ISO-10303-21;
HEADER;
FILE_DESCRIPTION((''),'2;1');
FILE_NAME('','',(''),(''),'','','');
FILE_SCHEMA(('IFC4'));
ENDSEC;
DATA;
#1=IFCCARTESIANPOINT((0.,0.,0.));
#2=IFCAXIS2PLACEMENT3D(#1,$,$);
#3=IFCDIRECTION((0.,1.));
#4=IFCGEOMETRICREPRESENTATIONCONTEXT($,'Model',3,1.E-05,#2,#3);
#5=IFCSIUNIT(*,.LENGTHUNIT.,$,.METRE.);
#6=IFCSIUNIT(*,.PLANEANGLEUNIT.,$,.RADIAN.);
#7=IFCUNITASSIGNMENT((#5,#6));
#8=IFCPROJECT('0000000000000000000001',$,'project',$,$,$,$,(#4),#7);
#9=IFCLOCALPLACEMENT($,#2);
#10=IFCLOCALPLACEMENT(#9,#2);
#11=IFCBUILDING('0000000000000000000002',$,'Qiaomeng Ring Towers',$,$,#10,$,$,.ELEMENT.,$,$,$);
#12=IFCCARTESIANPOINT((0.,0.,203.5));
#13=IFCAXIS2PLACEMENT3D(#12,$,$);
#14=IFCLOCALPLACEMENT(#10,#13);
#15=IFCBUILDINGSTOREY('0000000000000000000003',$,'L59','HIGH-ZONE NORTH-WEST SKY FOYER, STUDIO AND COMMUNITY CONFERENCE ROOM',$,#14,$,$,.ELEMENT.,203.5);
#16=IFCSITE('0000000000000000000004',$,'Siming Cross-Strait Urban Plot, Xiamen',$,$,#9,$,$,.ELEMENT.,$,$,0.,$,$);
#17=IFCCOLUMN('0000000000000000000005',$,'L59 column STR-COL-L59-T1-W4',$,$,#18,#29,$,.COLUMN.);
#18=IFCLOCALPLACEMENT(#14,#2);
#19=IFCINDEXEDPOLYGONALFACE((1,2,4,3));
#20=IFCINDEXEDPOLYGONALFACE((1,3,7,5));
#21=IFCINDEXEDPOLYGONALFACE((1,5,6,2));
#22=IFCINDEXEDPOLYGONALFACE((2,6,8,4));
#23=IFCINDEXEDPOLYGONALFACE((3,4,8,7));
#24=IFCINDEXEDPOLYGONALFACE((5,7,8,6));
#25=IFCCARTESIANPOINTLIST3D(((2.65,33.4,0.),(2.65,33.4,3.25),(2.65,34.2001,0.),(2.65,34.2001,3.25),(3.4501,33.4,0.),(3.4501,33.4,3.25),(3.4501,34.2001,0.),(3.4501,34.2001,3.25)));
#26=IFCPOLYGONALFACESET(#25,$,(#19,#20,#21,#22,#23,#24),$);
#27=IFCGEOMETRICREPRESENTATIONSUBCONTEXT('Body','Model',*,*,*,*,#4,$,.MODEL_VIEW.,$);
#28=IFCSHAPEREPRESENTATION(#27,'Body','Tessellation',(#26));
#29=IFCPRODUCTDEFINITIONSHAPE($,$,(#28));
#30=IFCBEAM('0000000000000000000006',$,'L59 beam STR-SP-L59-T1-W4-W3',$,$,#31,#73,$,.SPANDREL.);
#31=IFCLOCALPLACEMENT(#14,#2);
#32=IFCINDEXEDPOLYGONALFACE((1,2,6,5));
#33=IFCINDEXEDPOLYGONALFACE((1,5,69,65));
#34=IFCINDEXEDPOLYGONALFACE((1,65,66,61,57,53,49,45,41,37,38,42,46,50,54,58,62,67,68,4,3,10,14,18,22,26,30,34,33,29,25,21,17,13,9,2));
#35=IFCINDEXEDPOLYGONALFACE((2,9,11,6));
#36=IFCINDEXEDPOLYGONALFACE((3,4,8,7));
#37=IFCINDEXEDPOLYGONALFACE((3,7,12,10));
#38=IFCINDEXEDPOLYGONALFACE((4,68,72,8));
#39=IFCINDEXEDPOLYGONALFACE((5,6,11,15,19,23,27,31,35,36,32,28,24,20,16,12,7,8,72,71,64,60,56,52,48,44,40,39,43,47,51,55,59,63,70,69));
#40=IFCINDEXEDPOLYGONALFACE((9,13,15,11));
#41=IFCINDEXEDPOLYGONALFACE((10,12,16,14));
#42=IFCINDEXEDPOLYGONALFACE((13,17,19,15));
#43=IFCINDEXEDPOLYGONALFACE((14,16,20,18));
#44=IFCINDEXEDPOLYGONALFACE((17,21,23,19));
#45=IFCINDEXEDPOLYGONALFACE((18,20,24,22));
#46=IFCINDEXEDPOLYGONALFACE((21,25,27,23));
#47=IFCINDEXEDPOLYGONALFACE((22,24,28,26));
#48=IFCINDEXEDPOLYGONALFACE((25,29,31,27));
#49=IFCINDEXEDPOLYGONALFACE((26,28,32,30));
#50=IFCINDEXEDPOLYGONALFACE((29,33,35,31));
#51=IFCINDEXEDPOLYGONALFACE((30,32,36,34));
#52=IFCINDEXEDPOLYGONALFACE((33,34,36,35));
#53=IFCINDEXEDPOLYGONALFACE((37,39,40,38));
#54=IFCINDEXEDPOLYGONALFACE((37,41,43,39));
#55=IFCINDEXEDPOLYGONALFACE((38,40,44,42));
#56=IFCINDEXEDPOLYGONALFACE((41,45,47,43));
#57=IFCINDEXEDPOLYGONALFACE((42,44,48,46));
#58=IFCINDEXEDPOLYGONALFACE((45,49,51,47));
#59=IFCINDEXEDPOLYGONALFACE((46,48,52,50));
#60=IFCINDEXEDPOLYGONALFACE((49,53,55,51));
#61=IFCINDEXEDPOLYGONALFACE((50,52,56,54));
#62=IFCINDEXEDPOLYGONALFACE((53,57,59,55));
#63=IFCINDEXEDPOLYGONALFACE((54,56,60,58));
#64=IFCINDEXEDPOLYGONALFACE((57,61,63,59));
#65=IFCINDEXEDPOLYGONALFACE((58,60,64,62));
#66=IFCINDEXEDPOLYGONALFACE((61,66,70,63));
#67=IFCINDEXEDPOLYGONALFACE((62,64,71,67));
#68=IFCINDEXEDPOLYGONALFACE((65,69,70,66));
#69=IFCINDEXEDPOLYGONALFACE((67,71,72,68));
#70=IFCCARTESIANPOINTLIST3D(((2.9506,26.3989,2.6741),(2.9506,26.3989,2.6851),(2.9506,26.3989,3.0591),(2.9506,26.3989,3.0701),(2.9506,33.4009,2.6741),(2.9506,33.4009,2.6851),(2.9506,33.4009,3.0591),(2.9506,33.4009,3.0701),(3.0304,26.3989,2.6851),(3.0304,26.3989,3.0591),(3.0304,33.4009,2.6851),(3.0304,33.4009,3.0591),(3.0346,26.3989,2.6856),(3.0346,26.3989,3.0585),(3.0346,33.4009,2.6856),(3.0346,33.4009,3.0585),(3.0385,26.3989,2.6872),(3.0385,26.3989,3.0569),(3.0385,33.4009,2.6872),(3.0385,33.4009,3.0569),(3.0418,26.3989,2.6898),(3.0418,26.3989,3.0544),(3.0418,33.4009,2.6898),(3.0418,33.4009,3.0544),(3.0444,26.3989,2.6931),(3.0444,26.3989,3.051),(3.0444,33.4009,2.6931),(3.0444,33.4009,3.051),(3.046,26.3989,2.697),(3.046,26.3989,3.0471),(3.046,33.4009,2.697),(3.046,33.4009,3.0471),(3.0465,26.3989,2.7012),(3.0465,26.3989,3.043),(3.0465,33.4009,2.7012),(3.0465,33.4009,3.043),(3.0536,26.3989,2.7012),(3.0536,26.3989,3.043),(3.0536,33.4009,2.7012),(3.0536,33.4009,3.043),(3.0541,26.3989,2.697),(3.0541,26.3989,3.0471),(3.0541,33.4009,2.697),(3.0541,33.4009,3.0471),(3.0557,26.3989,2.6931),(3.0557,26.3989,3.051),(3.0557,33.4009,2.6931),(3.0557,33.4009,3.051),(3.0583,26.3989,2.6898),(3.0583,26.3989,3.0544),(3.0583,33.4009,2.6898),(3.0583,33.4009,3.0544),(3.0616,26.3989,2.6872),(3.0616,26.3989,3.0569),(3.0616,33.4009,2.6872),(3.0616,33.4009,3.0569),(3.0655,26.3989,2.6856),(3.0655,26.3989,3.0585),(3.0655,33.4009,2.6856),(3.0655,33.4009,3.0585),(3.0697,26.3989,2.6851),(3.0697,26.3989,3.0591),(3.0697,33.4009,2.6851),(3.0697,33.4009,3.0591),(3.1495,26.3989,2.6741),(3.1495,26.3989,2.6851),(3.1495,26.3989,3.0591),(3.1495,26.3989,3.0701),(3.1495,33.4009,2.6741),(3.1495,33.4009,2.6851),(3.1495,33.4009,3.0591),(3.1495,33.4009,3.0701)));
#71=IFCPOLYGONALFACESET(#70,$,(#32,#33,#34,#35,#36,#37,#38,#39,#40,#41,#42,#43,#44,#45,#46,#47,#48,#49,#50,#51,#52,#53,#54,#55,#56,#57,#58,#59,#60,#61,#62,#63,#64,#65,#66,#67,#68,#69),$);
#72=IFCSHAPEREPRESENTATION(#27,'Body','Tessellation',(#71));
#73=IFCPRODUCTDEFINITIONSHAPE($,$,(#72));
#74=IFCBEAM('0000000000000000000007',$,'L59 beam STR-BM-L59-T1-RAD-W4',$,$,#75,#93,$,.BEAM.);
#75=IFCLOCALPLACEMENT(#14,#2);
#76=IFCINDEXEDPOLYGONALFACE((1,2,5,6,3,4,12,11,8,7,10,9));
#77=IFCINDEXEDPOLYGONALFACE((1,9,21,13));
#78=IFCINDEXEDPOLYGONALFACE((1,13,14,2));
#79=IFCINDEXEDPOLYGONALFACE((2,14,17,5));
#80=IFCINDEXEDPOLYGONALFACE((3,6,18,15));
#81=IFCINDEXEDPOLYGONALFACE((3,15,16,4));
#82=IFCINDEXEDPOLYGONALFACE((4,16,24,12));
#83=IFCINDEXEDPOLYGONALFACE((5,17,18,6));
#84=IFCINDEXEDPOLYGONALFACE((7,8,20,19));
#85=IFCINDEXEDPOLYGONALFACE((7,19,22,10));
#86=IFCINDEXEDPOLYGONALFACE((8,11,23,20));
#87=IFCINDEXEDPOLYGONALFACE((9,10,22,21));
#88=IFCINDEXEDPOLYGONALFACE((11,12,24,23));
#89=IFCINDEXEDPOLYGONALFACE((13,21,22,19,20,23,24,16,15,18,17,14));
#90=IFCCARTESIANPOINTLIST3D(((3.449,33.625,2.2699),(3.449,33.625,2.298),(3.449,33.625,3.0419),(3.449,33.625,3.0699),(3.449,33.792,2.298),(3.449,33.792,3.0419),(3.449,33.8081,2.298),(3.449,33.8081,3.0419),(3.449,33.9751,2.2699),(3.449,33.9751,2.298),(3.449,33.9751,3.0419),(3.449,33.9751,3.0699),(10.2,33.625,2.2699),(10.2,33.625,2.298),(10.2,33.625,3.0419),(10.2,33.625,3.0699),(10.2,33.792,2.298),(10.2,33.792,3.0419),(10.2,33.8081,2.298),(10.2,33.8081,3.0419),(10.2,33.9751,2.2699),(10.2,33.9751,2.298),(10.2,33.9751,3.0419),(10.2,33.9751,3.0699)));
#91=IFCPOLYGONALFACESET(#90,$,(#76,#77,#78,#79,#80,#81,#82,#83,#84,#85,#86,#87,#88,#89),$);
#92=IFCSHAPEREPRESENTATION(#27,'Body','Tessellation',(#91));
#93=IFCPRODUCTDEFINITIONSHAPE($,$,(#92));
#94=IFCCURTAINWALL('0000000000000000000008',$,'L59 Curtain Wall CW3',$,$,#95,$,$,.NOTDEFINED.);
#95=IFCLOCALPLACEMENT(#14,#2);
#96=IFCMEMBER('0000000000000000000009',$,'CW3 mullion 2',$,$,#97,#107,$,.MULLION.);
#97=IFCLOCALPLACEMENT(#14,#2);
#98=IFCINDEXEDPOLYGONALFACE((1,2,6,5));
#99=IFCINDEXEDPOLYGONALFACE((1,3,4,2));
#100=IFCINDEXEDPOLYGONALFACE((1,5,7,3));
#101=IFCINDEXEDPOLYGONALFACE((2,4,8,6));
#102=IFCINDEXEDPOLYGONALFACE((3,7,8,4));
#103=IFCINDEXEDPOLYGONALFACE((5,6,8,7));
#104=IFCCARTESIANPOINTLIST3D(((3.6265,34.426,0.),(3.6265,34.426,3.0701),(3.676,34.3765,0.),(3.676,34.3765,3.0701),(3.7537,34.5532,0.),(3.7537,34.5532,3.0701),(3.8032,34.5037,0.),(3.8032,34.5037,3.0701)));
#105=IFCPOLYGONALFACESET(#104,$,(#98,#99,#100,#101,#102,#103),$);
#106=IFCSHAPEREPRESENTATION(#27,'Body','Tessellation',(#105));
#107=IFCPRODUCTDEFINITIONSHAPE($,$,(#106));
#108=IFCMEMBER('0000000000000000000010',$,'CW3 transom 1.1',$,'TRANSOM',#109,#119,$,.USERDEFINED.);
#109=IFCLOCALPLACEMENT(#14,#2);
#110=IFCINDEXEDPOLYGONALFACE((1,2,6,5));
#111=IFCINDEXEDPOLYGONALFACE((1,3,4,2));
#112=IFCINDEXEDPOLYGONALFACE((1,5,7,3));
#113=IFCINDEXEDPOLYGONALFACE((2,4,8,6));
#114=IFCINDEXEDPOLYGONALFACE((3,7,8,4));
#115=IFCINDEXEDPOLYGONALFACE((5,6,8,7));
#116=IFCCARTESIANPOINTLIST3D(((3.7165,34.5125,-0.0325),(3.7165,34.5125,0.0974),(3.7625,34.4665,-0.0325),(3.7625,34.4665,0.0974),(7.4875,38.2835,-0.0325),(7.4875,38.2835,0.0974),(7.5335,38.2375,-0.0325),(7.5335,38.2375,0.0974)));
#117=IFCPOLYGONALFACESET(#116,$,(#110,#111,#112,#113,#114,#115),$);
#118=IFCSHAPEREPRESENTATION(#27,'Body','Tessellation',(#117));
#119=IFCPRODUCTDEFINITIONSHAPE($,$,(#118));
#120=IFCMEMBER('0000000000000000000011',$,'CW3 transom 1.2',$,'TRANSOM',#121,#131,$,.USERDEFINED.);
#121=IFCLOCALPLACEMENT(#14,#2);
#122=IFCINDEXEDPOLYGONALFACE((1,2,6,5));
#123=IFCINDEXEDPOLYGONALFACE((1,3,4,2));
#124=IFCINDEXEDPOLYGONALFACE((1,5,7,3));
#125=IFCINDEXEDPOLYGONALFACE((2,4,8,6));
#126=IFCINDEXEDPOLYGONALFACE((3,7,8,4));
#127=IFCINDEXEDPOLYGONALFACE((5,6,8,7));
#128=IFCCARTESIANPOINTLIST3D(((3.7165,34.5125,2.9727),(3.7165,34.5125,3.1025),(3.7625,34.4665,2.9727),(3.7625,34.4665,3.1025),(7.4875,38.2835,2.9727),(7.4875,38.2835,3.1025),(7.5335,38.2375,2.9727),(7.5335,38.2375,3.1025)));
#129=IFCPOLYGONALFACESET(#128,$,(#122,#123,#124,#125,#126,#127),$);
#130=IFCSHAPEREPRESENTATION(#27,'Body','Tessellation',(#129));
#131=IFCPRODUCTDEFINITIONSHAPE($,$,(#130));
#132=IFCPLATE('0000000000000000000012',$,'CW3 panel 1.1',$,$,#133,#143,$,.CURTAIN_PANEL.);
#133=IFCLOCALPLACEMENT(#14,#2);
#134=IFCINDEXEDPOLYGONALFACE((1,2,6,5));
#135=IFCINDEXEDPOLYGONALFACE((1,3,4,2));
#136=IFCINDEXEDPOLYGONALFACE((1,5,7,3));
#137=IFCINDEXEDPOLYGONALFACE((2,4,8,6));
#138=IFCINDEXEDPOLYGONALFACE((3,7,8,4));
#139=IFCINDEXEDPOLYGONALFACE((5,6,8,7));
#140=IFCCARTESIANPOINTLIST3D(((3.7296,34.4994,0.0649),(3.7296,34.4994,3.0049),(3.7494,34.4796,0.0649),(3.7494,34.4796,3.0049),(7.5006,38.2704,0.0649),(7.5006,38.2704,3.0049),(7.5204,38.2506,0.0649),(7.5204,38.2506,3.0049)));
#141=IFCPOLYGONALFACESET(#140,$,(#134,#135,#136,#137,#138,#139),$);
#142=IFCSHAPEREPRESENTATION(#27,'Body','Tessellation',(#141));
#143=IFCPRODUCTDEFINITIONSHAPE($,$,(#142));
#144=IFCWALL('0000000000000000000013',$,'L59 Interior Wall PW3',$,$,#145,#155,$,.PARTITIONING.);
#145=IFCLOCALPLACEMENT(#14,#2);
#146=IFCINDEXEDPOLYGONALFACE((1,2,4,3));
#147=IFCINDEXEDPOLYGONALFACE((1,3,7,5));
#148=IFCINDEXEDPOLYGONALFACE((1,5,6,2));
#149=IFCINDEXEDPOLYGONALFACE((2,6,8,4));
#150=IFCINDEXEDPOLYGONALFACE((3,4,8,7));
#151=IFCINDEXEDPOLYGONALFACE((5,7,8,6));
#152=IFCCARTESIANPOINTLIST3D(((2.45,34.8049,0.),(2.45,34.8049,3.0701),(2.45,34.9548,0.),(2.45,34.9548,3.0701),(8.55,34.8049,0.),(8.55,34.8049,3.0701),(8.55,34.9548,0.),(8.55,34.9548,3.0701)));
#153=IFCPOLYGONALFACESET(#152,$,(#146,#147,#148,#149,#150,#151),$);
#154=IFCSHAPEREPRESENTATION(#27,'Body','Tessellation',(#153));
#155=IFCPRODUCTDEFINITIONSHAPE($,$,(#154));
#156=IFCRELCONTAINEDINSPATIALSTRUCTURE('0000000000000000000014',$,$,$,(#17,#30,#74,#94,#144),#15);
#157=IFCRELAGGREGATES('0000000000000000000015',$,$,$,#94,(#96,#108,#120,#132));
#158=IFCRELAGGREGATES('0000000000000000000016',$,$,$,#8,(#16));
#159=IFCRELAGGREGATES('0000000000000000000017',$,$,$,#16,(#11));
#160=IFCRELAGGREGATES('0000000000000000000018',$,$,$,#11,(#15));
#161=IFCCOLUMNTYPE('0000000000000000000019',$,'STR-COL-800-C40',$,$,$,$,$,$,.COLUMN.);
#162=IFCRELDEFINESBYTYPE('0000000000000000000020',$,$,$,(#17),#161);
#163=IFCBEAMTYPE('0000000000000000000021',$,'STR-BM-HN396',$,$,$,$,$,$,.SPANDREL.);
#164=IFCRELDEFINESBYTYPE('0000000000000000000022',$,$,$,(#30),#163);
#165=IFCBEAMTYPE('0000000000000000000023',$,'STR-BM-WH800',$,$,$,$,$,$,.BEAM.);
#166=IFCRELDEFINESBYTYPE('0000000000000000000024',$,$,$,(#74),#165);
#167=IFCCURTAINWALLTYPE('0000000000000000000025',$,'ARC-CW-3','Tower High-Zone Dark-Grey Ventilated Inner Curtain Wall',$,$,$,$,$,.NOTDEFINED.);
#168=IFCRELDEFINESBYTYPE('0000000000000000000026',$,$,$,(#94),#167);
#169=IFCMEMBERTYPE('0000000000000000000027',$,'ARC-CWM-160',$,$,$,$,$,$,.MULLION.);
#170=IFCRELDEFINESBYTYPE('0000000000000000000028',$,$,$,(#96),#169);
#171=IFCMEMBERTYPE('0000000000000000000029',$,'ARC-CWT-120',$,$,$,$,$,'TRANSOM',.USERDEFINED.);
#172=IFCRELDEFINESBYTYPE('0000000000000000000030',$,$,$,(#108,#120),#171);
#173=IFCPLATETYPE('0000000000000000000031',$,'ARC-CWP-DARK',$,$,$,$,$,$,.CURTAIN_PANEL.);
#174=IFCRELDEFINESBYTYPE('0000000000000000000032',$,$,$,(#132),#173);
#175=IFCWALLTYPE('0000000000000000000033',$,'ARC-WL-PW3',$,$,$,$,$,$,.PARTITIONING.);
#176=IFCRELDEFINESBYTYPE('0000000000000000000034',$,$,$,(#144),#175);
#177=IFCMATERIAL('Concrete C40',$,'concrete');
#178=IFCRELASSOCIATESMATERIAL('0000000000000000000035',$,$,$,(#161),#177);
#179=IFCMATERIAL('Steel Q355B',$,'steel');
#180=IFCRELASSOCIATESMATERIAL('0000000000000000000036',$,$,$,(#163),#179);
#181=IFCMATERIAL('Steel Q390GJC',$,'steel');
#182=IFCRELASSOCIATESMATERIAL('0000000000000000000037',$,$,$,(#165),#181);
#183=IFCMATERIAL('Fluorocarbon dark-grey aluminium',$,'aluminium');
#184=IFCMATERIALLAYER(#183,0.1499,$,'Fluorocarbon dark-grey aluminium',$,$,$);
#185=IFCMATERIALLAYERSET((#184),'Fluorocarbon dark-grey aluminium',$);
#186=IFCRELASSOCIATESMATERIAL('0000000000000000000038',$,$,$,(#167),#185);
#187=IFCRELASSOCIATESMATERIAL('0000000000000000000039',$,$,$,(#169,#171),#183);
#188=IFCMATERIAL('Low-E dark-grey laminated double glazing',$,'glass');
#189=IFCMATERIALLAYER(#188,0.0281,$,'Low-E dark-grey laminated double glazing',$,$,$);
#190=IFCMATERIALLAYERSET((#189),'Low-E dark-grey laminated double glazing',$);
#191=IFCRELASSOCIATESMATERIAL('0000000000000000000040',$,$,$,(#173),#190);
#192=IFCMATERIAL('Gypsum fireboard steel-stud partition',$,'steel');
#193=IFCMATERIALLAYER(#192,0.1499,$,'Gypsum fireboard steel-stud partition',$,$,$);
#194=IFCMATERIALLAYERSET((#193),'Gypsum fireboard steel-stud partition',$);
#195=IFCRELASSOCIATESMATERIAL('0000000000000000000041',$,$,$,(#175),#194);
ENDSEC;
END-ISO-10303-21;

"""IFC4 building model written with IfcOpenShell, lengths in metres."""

from ifc_helpers import new_model, si_unit, direction, frame, frame_2d, origin, origin_2d, place, context, subcontext, project, spatial, rectangle, i_section, extrude, source, transform, mapped, material, layer, layer_set, material_profile, profile_set, type_object, element, aggregate, save


model = new_model("IFC4")

# Units and contexts
model_context = context("Model", 3, precision=1e-05, world=origin(), true_north=direction((0.0, 1.0)))
body_context = subcontext(model_context, "Body", "Model", "MODEL_VIEW")
ifc_project = project(units=[si_unit("LENGTHUNIT", "METRE"), si_unit("PLANEANGLEUNIT", "RADIAN")], contexts=[model_context])

# Site, building, storey
site_placement = place(None, origin())
site = spatial("IfcSite", under=ifc_project, at=site_placement, Name="Siming Cross-Strait Urban Plot, Xiamen", CompositionType="ELEMENT", RefElevation=0.0)
building_placement = place(site_placement, origin())
building = spatial("IfcBuilding", under=site, at=building_placement, Name="Qiaomeng Ring Towers", CompositionType="ELEMENT")
storey_placement = place(building_placement, frame((0.0, 0.0, 203.5)))
storey = spatial("IfcBuildingStorey", under=building, at=storey_placement, Name="L59", Description="HIGH-ZONE NORTH-WEST SKY FOYER, STUDIO AND COMMUNITY CONFERENCE ROOM", CompositionType="ELEMENT", Elevation=203.5)

# Column
ifc_material_1 = material(Name="Concrete C40", Category="concrete")
ifc_material_profile_1 = material_profile(ifc_material_1, rectangle(XDim=0.8, YDim=0.8, at=origin_2d()), Name="RC COL 800x800")
ifc_profile_set_1 = profile_set([ifc_material_profile_1], Name="Concrete C40")
column_type = type_object("IfcColumnType", Name="STR-COL-800-C40", PredefinedType="COLUMN", material=ifc_profile_set_1)
shared_shape_1 = source(origin(), body_context, "Body", "SweptSolid", [
    extrude(rectangle(XDim=0.8, YDim=0.8, at=origin_2d()), origin(), (0.0, 0.0, 1.0), 3.25),
])
column_placement = place(storey_placement, frame((3.05, 33.8, 0.0), z_axis=(0.0, 0.0, 1.0), x_axis=(1.0, 0.0, 0.0)))
element("IfcColumn", 1, at=column_placement, inside=storey, type_object=column_type, Name="L59 column STR-COL-L59-T1-W4", PredefinedType="COLUMN", context=body_context, shape_type="MappedRepresentation", body=[
    mapped(shared_shape_1, transform((0.0, 0.0, 0.0), x_axis=(1.0, 0.0, 0.0), y_axis=(0.0, 1.0, 0.0), z_axis=(0.0, 0.0, 1.0), scale=1.0)),
])

# Beams
ifc_material_2 = material(Name="Steel Q355B", Category="steel")
ifc_material_profile_2 = material_profile(ifc_material_2, i_section(OverallWidth=0.199, OverallDepth=0.396, WebThickness=0.0071, FlangeThickness=0.011, FilletRadius=0.0161, at=origin_2d()), Name="HN 396x199x7x11")
ifc_profile_set_2 = profile_set([ifc_material_profile_2], Name="Steel Q355B")
beam_type_1 = type_object("IfcBeamType", Name="STR-BM-HN396", PredefinedType="SPANDREL", material=ifc_profile_set_2)
shared_shape_2 = source(origin(), body_context, "Body", "SweptSolid", [
    extrude(i_section(OverallWidth=0.199, OverallDepth=0.396, WebThickness=0.0071, FlangeThickness=0.011, FilletRadius=0.0161, at=origin_2d()), origin(), (0.0, 0.0, 1.0), 7.002),
])
beam_1_placement = place(storey_placement, frame((3.05, 33.4009, 2.8721), z_axis=(0.0, -1.0, 0.0), x_axis=(1.0, 0.0, 0.0)))
element("IfcBeam", 2, at=beam_1_placement, inside=storey, type_object=beam_type_1, Name="L59 beam STR-SP-L59-T1-W4-W3", PredefinedType="SPANDREL", context=body_context, shape_type="MappedRepresentation", body=[
    mapped(shared_shape_2, transform((0.0, 0.0, 0.0), x_axis=(1.0, 0.0, 0.0), y_axis=(0.0, 1.0, 0.0), z_axis=(0.0, 0.0, 1.0), scale=1.0)),
])
ifc_material_3 = material(Name="Steel Q390GJC", Category="steel")
ifc_material_profile_3 = material_profile(ifc_material_3, i_section(OverallWidth=0.3501, OverallDepth=0.8, WebThickness=0.0161, FlangeThickness=0.0281, at=origin_2d()), Name="WH 800x350x16x28")
ifc_profile_set_3 = profile_set([ifc_material_profile_3], Name="Steel Q390GJC")
beam_type_2 = type_object("IfcBeamType", Name="STR-BM-WH800", PredefinedType="BEAM", material=ifc_profile_set_3)
shared_shape_3 = source(origin(), body_context, "Body", "SweptSolid", [
    extrude(i_section(OverallWidth=0.3501, OverallDepth=0.8, WebThickness=0.0161, FlangeThickness=0.0281, at=origin_2d()), origin(), (0.0, 0.0, 1.0), 6.751),
])
beam_2_placement = place(storey_placement, frame((3.449, 33.8, 2.6699), z_axis=(1.0, 0.0, 0.0), x_axis=(0.0, 1.0, 0.0)))
element("IfcBeam", 3, at=beam_2_placement, inside=storey, type_object=beam_type_2, Name="L59 beam STR-BM-L59-T1-RAD-W4", PredefinedType="BEAM", context=body_context, shape_type="MappedRepresentation", body=[
    mapped(shared_shape_3, transform((0.0, 0.0, 0.0), x_axis=(1.0, 0.0, 0.0), y_axis=(0.0, 1.0, 0.0), z_axis=(0.0, 0.0, 1.0), scale=1.0)),
])

# Curtain wall, members, plate
ifc_material_4 = material(Name="Fluorocarbon dark-grey aluminium", Category="aluminium")
ifc_layer_1 = layer(ifc_material_4, 0.1499, Name="Fluorocarbon dark-grey aluminium")
ifc_layer_set_1 = layer_set([ifc_layer_1], Name="Fluorocarbon dark-grey aluminium")
curtain_wall_type = type_object("IfcCurtainWallType", Name="ARC-CW-3", Description="Tower High-Zone Dark-Grey Ventilated Inner Curtain Wall", PredefinedType="NOTDEFINED", material=ifc_layer_set_1)
curtain_wall_placement = place(storey_placement, origin())
curtain_wall = element("IfcCurtainWall", 4, at=curtain_wall_placement, inside=storey, type_object=curtain_wall_type, Name="L59 Curtain Wall CW3", PredefinedType="NOTDEFINED")
ifc_material_profile_4 = material_profile(ifc_material_4, rectangle(XDim=0.0701, YDim=0.1799, at=origin_2d()), Name="ALU MULL 70x180")
ifc_profile_set_4 = profile_set([ifc_material_profile_4], Name="Fluorocarbon dark-grey aluminium")
member_type_1 = type_object("IfcMemberType", Name="ARC-CWM-160", PredefinedType="MULLION", material=ifc_profile_set_4)
shared_shape_4 = source(origin(), body_context, "Body", "SweptSolid", [
    extrude(rectangle(XDim=0.0701, YDim=0.1799, at=origin_2d()), origin(), (0.0, 0.0, 1.0), 3.0701),
])
member_1_placement = place(storey_placement, frame((3.7148, 34.4648, 0.0), z_axis=(0.0, 0.0, 1.0), x_axis=(0.707107, -0.707107, 0.0)))
member_1 = element("IfcMember", 5, at=member_1_placement, type_object=member_type_1, Name="CW3 mullion 2", PredefinedType="MULLION", context=body_context, shape_type="MappedRepresentation", body=[
    mapped(shared_shape_4, transform((0.0, 0.0, 0.0), x_axis=(1.0, 0.0, 0.0), y_axis=(0.0, 1.0, 0.0), z_axis=(0.0, 0.0, 1.0), scale=1.0)),
])
ifc_material_profile_5 = material_profile(ifc_material_4, rectangle(XDim=0.0649, YDim=0.1299, at=origin_2d()), Name="ALU TRAN 65x130")
ifc_profile_set_5 = profile_set([ifc_material_profile_5], Name="Fluorocarbon dark-grey aluminium")
member_type_2 = type_object("IfcMemberType", Name="ARC-CWT-120", ElementType="TRANSOM", PredefinedType="USERDEFINED", material=ifc_profile_set_5)
shared_shape_5 = source(origin(), body_context, "Body", "SweptSolid", [
    extrude(rectangle(XDim=0.0649, YDim=0.1299, at=origin_2d()), origin(), (0.0, 0.0, 1.0), 5.333),
])
member_2_placement = place(storey_placement, frame((7.5105, 38.2605, 0.0325), z_axis=(-0.707107, -0.707107, 0.0), x_axis=(0.707107, -0.707107, 0.0)))
member_2 = element("IfcMember", 6, at=member_2_placement, type_object=member_type_2, Name="CW3 transom 1.1", ObjectType="TRANSOM", PredefinedType="USERDEFINED", context=body_context, shape_type="MappedRepresentation", body=[
    mapped(shared_shape_5, transform((0.0, 0.0, 0.0), x_axis=(1.0, 0.0, 0.0), y_axis=(0.0, 1.0, 0.0), z_axis=(0.0, 0.0, 1.0), scale=1.0)),
])
member_3_placement = place(storey_placement, frame((7.5105, 38.2605, 3.0376), z_axis=(-0.707107, -0.707107, 0.0), x_axis=(0.707107, -0.707107, 0.0)))
member_3 = element("IfcMember", 7, at=member_3_placement, type_object=member_type_2, Name="CW3 transom 1.2", ObjectType="TRANSOM", PredefinedType="USERDEFINED", context=body_context, shape_type="MappedRepresentation", body=[
    mapped(shared_shape_5, transform((0.0, 0.0, 0.0), x_axis=(1.0, 0.0, 0.0), y_axis=(0.0, 1.0, 0.0), z_axis=(0.0, 0.0, 1.0), scale=1.0)),
])
ifc_material_5 = material(Name="Low-E dark-grey laminated double glazing", Category="glass")
ifc_layer_2 = layer(ifc_material_5, 0.0281, Name="Low-E dark-grey laminated double glazing")
ifc_layer_set_2 = layer_set([ifc_layer_2], Name="Low-E dark-grey laminated double glazing")
plate_type = type_object("IfcPlateType", Name="ARC-CWP-DARK", PredefinedType="CURTAIN_PANEL", material=ifc_layer_set_2)
shared_shape_6 = source(origin(), body_context, "Body", "SweptSolid", [
    extrude(rectangle(XDim=5.333, YDim=0.0281, at=origin_2d()), origin(), (0.0, 0.0, 1.0), 2.9399),
])
plate_placement = place(storey_placement, frame((5.625, 36.375, 0.0649), z_axis=(0.0, 0.0, 1.0), x_axis=(-0.707107, -0.707107, 0.0)))
plate = element("IfcPlate", 8, at=plate_placement, type_object=plate_type, Name="CW3 panel 1.1", PredefinedType="CURTAIN_PANEL", context=body_context, shape_type="MappedRepresentation", body=[
    mapped(shared_shape_6, transform((0.0, 0.0, 0.0), x_axis=(1.0, 0.0, 0.0), y_axis=(0.0, 1.0, 0.0), z_axis=(0.0, 0.0, 1.0), scale=1.0)),
])
aggregate(curtain_wall, [member_1, member_2, member_3, plate])

# Wall
ifc_material_6 = material(Name="Gypsum fireboard steel-stud partition", Category="steel")
ifc_layer_3 = layer(ifc_material_6, 0.1499, Name="Gypsum fireboard steel-stud partition")
ifc_layer_set_3 = layer_set([ifc_layer_3], Name="Gypsum fireboard steel-stud partition")
wall_type = type_object("IfcWallType", Name="ARC-WL-PW3", PredefinedType="PARTITIONING", material=ifc_layer_set_3)
wall_placement = place(storey_placement, frame((2.45, 34.8799, 0.0), z_axis=(0.0, 0.0, 1.0), x_axis=(1.0, 0.0, 0.0)))
element("IfcWall", 9, at=wall_placement, inside=storey, type_object=wall_type, Name="L59 Interior Wall PW3", PredefinedType="PARTITIONING", context=body_context, shape_type="SweptSolid", body=[
    extrude(rectangle(XDim=6.1001, YDim=0.1499, at=frame_2d((3.05, 0.0))), origin(), (0.0, 0.0, 1.0), 3.0701),
])

save(model, "model.ifc")
